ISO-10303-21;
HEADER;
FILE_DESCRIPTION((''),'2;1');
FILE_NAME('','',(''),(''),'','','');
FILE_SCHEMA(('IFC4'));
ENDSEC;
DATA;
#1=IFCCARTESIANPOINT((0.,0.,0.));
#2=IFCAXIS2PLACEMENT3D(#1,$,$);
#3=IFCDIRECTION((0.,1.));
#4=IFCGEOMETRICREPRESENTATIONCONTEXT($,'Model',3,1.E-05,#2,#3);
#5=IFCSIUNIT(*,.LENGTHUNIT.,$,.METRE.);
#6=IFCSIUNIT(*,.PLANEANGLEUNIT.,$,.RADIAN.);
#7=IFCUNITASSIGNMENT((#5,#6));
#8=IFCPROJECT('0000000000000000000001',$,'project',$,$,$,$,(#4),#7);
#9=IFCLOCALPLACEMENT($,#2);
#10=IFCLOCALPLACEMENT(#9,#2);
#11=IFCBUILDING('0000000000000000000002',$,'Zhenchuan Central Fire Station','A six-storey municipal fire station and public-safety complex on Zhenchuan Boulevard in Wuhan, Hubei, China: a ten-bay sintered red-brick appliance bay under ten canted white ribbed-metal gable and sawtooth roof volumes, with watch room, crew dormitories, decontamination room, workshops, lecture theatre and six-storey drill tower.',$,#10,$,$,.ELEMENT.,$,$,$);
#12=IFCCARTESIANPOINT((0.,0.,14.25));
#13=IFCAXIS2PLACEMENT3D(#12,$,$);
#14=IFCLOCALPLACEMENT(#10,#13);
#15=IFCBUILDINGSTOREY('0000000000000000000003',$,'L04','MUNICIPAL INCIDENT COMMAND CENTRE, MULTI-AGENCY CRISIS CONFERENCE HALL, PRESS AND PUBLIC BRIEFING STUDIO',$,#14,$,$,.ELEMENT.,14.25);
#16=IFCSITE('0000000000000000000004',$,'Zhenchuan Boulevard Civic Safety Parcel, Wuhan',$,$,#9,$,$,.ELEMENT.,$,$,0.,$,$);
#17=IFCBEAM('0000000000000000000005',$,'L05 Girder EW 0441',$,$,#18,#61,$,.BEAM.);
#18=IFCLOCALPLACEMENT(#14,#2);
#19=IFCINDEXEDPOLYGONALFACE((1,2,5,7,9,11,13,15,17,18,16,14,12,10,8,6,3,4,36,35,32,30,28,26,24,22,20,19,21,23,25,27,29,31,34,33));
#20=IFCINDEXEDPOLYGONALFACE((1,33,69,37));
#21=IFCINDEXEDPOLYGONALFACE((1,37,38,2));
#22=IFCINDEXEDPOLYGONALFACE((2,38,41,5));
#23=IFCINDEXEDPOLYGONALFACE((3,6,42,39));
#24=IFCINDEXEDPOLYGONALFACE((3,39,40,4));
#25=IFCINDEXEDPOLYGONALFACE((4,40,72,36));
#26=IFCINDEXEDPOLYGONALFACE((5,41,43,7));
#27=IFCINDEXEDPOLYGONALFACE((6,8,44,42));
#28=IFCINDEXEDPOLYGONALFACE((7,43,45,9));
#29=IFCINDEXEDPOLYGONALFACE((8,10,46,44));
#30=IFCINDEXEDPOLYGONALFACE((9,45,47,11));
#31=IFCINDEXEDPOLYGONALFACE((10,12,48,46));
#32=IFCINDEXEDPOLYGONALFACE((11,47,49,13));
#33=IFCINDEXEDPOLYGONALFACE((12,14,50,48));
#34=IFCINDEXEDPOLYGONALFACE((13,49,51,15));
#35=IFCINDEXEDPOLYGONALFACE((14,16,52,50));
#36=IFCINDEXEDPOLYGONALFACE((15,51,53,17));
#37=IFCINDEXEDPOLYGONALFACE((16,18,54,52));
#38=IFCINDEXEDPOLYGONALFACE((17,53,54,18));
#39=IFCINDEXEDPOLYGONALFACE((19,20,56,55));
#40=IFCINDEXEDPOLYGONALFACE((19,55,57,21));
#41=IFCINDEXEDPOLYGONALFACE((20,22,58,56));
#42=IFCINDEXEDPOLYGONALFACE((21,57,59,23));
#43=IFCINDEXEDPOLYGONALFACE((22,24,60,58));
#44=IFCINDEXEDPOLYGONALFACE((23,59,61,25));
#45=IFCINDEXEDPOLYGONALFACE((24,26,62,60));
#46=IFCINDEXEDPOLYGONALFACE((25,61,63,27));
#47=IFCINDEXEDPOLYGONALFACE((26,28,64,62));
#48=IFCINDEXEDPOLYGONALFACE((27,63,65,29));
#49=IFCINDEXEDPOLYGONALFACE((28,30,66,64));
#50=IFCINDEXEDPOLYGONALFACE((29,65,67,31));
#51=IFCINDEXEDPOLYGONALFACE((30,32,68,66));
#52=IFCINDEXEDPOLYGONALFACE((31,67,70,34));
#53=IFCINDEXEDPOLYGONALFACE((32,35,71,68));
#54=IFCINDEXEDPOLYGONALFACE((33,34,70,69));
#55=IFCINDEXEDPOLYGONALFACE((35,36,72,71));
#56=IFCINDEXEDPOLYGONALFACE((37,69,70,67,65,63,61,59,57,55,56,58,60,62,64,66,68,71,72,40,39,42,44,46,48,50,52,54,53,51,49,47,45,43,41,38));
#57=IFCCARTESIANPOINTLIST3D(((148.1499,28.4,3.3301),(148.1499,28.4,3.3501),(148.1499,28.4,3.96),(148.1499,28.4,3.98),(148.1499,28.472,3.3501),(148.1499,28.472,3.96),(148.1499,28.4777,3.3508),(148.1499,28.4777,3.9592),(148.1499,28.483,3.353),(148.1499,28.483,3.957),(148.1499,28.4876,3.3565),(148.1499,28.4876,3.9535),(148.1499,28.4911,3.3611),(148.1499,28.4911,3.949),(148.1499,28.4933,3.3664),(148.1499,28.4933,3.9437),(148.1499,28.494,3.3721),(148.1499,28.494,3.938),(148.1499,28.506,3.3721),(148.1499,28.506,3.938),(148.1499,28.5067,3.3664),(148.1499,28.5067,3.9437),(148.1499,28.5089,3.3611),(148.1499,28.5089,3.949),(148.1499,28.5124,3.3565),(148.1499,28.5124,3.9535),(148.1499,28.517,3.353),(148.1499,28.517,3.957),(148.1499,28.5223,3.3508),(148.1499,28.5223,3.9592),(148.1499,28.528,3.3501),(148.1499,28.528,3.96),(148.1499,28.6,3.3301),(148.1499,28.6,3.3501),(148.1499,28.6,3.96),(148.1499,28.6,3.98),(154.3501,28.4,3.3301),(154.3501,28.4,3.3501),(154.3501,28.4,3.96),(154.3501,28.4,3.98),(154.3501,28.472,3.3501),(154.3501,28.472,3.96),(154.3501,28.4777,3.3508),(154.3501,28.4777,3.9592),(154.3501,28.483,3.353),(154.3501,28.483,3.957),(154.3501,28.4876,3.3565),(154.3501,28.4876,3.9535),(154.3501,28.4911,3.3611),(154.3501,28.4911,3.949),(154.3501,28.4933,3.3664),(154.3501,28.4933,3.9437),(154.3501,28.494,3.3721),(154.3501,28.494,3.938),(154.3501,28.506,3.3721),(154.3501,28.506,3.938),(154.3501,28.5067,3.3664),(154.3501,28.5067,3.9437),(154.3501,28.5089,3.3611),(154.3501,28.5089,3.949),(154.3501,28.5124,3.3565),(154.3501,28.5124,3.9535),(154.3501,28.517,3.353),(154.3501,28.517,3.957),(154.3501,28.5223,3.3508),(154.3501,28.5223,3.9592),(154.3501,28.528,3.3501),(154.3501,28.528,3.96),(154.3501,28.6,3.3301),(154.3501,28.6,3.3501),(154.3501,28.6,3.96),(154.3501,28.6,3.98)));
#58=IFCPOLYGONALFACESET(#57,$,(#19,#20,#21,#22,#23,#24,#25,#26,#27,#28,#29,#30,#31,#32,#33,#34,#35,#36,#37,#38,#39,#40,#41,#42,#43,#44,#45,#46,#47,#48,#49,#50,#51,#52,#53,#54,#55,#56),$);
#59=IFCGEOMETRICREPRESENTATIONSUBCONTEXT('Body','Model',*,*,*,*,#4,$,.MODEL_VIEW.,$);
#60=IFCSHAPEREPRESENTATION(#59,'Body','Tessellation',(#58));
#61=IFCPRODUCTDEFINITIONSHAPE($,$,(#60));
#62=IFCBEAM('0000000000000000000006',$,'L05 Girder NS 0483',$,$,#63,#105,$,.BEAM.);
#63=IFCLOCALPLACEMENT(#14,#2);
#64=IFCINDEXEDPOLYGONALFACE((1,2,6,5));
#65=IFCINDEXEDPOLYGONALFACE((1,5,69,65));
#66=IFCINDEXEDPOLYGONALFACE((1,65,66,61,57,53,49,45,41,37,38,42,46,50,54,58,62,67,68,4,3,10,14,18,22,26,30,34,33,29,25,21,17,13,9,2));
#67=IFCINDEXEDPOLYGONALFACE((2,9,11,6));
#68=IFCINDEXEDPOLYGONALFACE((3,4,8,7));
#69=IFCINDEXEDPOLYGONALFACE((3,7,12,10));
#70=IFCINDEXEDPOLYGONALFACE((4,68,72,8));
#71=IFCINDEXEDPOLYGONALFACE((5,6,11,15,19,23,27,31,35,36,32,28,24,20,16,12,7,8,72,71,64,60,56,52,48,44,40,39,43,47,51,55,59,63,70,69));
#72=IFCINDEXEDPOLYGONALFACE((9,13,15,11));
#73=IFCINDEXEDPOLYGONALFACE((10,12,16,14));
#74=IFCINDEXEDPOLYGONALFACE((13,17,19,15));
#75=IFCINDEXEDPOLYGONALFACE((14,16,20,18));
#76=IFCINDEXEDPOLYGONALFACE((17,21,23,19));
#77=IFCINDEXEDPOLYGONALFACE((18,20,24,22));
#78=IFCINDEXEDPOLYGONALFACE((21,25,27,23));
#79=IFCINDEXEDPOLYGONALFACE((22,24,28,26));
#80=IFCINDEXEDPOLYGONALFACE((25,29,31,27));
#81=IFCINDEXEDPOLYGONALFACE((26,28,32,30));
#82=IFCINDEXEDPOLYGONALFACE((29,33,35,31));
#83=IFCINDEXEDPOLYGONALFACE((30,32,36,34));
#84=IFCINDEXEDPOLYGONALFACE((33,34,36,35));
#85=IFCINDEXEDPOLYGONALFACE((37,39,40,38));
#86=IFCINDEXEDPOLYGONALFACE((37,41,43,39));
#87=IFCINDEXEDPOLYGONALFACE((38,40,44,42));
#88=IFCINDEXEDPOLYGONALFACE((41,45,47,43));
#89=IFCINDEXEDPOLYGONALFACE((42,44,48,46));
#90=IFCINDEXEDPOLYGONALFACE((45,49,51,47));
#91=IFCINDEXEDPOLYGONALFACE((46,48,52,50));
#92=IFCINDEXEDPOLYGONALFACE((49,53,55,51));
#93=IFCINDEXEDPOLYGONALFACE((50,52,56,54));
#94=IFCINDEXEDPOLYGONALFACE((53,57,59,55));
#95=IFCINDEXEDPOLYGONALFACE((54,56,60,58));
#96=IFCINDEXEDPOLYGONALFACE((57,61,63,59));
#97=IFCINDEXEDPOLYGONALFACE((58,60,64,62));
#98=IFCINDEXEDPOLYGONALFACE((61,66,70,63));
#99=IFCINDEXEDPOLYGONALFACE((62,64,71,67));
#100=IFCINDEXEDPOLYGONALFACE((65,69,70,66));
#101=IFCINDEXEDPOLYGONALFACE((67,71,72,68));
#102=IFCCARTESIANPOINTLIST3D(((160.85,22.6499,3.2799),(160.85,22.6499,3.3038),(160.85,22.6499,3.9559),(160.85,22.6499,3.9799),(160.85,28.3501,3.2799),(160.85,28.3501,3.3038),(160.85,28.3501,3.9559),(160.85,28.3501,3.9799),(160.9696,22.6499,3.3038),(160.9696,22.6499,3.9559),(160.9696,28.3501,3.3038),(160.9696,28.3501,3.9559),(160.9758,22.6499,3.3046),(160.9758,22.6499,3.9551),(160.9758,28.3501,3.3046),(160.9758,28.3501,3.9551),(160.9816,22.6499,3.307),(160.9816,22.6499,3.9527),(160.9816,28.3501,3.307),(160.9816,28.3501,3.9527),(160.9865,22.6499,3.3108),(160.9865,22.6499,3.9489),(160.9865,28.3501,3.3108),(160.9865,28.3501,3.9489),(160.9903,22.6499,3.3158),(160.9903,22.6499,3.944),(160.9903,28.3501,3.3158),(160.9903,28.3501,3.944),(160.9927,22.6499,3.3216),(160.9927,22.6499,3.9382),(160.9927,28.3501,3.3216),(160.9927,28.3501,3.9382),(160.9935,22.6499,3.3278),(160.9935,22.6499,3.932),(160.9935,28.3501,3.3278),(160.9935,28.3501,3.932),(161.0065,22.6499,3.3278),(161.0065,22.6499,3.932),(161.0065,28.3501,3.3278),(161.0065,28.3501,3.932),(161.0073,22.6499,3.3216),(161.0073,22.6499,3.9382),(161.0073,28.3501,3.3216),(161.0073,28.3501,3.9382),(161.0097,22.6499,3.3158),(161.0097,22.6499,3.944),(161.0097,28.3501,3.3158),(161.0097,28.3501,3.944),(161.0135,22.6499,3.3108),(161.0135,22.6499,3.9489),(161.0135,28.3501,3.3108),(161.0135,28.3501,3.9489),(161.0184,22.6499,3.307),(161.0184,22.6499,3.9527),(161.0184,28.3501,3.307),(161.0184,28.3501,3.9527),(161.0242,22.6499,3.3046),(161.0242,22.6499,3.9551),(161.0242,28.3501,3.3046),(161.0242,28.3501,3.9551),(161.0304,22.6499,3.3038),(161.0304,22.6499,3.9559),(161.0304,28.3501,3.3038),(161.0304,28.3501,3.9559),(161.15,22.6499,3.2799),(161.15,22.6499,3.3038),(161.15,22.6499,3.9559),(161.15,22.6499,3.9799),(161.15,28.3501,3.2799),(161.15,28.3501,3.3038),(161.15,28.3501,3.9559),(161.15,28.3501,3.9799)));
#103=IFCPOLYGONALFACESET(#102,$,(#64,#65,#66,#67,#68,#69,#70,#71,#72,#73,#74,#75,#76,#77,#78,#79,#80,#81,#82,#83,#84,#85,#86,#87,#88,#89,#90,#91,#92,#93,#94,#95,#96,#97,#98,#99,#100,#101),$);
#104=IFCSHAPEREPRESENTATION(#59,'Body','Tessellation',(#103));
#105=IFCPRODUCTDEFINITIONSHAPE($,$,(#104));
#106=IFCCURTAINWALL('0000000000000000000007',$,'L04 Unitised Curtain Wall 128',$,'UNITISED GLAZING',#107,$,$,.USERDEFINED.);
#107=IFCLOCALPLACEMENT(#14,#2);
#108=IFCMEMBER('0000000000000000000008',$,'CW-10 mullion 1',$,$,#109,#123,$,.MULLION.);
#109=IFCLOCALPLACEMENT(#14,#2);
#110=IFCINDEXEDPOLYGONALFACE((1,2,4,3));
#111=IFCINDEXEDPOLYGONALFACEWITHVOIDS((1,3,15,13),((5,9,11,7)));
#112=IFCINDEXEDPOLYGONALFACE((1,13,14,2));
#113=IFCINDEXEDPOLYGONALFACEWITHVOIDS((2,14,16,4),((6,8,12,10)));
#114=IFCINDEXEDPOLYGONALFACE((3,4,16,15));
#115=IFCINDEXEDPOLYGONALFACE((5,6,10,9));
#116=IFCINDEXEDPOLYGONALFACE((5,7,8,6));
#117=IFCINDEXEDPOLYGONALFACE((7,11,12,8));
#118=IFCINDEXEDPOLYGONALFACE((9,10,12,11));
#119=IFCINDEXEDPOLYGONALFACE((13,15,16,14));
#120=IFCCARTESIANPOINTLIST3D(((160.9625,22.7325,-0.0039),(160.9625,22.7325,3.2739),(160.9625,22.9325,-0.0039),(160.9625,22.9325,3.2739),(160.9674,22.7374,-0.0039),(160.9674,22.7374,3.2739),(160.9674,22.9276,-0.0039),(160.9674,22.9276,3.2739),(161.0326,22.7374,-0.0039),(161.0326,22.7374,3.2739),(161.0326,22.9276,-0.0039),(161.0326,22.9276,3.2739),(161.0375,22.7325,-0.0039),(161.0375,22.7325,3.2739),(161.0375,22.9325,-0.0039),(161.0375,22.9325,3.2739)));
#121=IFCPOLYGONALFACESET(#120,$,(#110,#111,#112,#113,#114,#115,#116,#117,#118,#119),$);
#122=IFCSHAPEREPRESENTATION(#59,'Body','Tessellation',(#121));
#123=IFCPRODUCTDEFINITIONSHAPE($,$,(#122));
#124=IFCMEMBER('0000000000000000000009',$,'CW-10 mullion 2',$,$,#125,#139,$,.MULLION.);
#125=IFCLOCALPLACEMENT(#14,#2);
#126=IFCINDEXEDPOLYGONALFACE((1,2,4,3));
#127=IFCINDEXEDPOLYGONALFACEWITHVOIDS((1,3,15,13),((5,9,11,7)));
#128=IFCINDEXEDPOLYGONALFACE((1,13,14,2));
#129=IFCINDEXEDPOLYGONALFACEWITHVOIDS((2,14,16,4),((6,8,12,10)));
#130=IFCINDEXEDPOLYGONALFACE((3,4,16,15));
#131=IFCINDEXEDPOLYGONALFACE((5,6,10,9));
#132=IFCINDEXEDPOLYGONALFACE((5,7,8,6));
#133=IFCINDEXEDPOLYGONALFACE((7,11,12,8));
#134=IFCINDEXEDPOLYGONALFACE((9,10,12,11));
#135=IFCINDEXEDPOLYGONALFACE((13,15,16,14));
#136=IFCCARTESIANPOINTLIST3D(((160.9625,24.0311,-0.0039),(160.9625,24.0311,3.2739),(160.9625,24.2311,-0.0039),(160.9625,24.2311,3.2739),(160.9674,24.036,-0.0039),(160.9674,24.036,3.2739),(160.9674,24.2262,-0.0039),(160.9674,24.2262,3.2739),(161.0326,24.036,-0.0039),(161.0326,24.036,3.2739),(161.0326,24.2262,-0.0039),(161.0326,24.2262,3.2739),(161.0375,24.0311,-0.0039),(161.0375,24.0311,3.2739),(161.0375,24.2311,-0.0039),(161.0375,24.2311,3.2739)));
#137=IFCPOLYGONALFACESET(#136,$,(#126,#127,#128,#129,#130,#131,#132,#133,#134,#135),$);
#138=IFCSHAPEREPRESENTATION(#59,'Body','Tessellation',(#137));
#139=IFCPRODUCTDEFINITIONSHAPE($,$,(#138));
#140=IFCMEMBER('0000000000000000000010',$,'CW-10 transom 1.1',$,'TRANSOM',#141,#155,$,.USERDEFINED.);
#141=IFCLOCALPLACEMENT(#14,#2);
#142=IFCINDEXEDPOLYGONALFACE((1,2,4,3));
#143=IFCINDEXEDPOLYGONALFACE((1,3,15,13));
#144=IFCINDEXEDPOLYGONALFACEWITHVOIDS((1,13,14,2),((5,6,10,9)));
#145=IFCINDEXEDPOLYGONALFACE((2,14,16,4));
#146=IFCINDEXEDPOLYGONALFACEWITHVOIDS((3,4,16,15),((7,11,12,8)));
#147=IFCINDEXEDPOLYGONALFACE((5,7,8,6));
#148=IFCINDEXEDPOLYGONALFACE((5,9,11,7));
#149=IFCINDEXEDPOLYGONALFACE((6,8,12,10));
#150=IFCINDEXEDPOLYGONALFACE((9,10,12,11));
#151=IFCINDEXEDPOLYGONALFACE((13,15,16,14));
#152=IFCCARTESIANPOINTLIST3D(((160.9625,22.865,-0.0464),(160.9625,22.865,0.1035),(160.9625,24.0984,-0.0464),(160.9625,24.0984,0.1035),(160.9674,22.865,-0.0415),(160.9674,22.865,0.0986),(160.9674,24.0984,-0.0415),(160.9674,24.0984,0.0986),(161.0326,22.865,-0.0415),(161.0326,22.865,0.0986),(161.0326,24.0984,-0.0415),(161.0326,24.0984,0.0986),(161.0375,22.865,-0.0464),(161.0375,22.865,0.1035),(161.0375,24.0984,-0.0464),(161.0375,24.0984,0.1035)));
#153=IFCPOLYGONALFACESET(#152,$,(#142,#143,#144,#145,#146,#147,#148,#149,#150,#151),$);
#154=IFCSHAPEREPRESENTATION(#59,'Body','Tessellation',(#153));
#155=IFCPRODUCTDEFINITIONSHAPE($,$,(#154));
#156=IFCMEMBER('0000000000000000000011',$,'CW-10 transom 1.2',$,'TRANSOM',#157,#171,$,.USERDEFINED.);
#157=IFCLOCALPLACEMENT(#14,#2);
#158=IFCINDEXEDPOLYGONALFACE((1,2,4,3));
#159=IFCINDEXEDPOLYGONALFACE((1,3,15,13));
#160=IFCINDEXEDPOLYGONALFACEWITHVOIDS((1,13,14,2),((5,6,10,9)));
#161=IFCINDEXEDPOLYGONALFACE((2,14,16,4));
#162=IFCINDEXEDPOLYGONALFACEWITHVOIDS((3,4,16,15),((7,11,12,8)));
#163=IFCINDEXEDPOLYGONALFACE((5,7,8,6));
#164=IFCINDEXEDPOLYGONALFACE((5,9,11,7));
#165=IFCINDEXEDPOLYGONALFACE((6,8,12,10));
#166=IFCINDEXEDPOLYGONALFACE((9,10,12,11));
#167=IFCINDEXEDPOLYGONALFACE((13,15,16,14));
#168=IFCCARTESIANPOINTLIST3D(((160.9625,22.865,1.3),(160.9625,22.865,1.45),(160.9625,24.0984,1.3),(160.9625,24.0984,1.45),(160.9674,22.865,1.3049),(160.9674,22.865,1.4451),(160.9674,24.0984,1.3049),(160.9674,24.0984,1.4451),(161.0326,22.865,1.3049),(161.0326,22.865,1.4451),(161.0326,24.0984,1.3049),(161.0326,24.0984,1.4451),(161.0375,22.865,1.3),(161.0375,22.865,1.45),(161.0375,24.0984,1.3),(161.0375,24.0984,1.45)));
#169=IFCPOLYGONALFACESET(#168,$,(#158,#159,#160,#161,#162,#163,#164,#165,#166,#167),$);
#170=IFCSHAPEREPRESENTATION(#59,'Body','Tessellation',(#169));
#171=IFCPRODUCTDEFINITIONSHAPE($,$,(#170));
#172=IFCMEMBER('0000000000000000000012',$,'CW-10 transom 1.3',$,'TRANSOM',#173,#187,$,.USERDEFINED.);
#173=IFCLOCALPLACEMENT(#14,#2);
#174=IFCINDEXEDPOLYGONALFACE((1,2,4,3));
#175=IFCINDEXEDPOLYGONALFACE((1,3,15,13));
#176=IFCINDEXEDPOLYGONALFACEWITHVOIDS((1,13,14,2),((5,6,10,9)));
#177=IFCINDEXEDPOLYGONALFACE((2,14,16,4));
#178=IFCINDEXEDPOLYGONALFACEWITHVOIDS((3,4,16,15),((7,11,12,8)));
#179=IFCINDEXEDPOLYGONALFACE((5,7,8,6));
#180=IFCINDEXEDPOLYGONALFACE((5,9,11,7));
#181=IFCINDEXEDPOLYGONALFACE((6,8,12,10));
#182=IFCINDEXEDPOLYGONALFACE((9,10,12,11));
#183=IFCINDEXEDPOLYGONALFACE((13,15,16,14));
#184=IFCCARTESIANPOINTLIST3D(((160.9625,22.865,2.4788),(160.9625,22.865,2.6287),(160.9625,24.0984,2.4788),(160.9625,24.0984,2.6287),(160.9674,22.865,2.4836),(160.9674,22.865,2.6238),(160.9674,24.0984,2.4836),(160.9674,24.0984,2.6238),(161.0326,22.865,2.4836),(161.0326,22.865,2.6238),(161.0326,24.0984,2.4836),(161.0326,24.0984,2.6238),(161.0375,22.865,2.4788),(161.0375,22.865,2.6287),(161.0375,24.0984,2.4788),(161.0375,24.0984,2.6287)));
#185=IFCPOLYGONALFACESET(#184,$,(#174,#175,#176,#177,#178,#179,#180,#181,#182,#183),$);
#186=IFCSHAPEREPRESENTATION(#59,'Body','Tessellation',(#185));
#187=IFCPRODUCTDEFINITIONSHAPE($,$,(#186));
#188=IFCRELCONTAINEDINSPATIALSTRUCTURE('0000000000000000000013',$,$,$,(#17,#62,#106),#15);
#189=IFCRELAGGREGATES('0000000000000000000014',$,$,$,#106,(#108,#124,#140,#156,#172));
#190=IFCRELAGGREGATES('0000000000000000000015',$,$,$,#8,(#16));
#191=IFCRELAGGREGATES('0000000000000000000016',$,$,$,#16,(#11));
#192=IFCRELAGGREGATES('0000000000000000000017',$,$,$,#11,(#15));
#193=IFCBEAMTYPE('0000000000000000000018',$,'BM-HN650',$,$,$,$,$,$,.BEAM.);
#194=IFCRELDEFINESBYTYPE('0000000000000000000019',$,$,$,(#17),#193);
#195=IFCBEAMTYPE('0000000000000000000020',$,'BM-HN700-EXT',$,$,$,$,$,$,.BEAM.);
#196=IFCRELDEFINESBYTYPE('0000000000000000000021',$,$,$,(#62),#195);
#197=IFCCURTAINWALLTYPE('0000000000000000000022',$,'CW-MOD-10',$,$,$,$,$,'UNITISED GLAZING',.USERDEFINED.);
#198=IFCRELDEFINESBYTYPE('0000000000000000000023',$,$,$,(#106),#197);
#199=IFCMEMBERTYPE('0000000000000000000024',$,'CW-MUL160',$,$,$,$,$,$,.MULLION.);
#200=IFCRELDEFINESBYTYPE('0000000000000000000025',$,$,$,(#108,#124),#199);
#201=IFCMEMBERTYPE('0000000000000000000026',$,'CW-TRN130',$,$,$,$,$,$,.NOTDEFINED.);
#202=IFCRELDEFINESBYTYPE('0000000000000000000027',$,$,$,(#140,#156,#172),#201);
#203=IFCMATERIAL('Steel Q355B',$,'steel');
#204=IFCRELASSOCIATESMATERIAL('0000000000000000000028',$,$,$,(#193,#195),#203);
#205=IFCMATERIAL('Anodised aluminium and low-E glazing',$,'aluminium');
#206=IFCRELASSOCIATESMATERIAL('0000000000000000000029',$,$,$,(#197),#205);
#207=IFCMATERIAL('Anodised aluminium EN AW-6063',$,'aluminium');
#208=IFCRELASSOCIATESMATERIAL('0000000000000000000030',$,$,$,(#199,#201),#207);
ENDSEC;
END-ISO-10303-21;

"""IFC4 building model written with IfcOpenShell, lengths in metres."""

from ifc_helpers import new_model, si_unit, direction, frame, origin, origin_2d, place, context, subcontext, project, spatial, hollow_rectangle, i_section, extrude, material, material_profile, profile_set, type_object, element, aggregate, save


model = new_model("IFC4")

# Units and contexts
model_context = context("Model", 3, precision=1e-05, world=origin(), true_north=direction((0.0, 1.0)))
body_context = subcontext(model_context, "Body", "Model", "MODEL_VIEW")
ifc_project = project(units=[si_unit("LENGTHUNIT", "METRE"), si_unit("PLANEANGLEUNIT", "RADIAN")], contexts=[model_context])

# Site, building, storey
site_placement = place(None, origin())
site = spatial("IfcSite", under=ifc_project, at=site_placement, Name="Zhenchuan Boulevard Civic Safety Parcel, Wuhan", CompositionType="ELEMENT", RefElevation=0.0)
building_placement = place(site_placement, origin())
building = spatial("IfcBuilding", under=site, at=building_placement, Name="Zhenchuan Central Fire Station", Description="A six-storey municipal fire station and public-safety complex on Zhenchuan Boulevard in Wuhan, Hubei, China: a ten-bay sintered red-brick appliance bay under ten canted white ribbed-metal gable and sawtooth roof volumes, with watch room, crew dormitories, decontamination room, workshops, lecture theatre and six-storey drill tower.", CompositionType="ELEMENT")
storey_placement = place(building_placement, frame((0.0, 0.0, 14.25)))
storey = spatial("IfcBuildingStorey", under=building, at=storey_placement, Name="L04", Description="MUNICIPAL INCIDENT COMMAND CENTRE, MULTI-AGENCY CRISIS CONFERENCE HALL, PRESS AND PUBLIC BRIEFING STUDIO", CompositionType="ELEMENT", Elevation=14.25)

# Shared definitions
ifc_material_1 = material(Name="Steel Q355B", Category="steel")

# Beams
ifc_material_profile_1 = material_profile(ifc_material_1, i_section(OverallWidth=0.2, OverallDepth=0.6499, WebThickness=0.012, FlangeThickness=0.02, FilletRadius=0.022, at=origin_2d()), Name="HN 650x200")
ifc_profile_set_1 = profile_set([ifc_material_profile_1], Name="Steel Q355B")
beam_type_1 = type_object("IfcBeamType", Name="BM-HN650", PredefinedType="BEAM", material=ifc_profile_set_1)
beam_1_placement = place(storey_placement, frame((148.1499, 28.5, 3.655), z_axis=(1.0, 0.0, 0.0), x_axis=(0.0, 1.0, 0.0)))
element("IfcBeam", 1, at=beam_1_placement, inside=storey, type_object=beam_type_1, Name="L05 Girder EW 0441", PredefinedType="BEAM", context=body_context, shape_type="SweptSolid", body=[
    extrude(i_section(OverallWidth=0.2, OverallDepth=0.6499, WebThickness=0.012, FlangeThickness=0.02, FilletRadius=0.022, at=origin_2d()), origin(), (0.0, 0.0, 1.0), 6.2002),
])
ifc_material_profile_2 = material_profile(ifc_material_1, i_section(OverallWidth=0.3, OverallDepth=0.7, WebThickness=0.0129, FlangeThickness=0.0239, FilletRadius=0.0239, at=origin_2d()), Name="HN 700x300")
ifc_profile_set_2 = profile_set([ifc_material_profile_2], Name="Steel Q355B")
beam_type_2 = type_object("IfcBeamType", Name="BM-HN700-EXT", PredefinedType="BEAM", material=ifc_profile_set_2)
beam_2_placement = place(storey_placement, frame((161.0, 22.6499, 3.6299), z_axis=(0.0, 1.0, 0.0), x_axis=(-1.0, 0.0, 0.0)))
element("IfcBeam", 2, at=beam_2_placement, inside=storey, type_object=beam_type_2, Name="L05 Girder NS 0483", PredefinedType="BEAM", context=body_context, shape_type="SweptSolid", body=[
    extrude(i_section(OverallWidth=0.3, OverallDepth=0.7, WebThickness=0.0129, FlangeThickness=0.0239, FilletRadius=0.0239, at=origin_2d()), origin(), (0.0, 0.0, 1.0), 5.7002),
])

# Curtain wall, members
ifc_material_2 = material(Name="Anodised aluminium and low-E glazing", Category="aluminium")
curtain_wall_type = type_object("IfcCurtainWallType", Name="CW-MOD-10", ElementType="UNITISED GLAZING", PredefinedType="USERDEFINED", material=ifc_material_2)
curtain_wall_placement = place(storey_placement, origin())
curtain_wall = element("IfcCurtainWall", 3, at=curtain_wall_placement, inside=storey, type_object=curtain_wall_type, Name="L04 Unitised Curtain Wall 128", ObjectType="UNITISED GLAZING", PredefinedType="USERDEFINED")
ifc_material_3 = material(Name="Anodised aluminium EN AW-6063", Category="aluminium")
ifc_material_profile_3 = material_profile(ifc_material_3, hollow_rectangle(XDim=0.075, YDim=0.2, WallThickness=0.0049, at=origin_2d()), Name="ALU-M 200x75")
ifc_profile_set_3 = profile_set([ifc_material_profile_3], Name="Anodised aluminium EN AW-6063")
member_type_1 = type_object("IfcMemberType", Name="CW-MUL160", PredefinedType="MULLION", material=ifc_profile_set_3)
member_1_placement = place(storey_placement, frame((161.0, 22.8325, -0.0039), z_axis=(0.0, 0.0, 1.0), x_axis=(-1.0, 0.0, 0.0)))
member_1 = element("IfcMember", 4, at=member_1_placement, type_object=member_type_1, Name="CW-10 mullion 1", PredefinedType="MULLION", context=body_context, shape_type="SweptSolid", body=[
    extrude(hollow_rectangle(XDim=0.075, YDim=0.2, WallThickness=0.0049, at=origin_2d()), origin(), (0.0, 0.0, 1.0), 3.2778),
])
member_2_placement = place(storey_placement, frame((161.0, 24.1311, -0.0039), z_axis=(0.0, 0.0, 1.0), x_axis=(-1.0, 0.0, 0.0)))
member_2 = element("IfcMember", 5, at=member_2_placement, type_object=member_type_1, Name="CW-10 mullion 2", PredefinedType="MULLION", context=body_context, shape_type="SweptSolid", body=[
    extrude(hollow_rectangle(XDim=0.075, YDim=0.2, WallThickness=0.0049, at=origin_2d()), origin(), (0.0, 0.0, 1.0), 3.2778),
])
ifc_material_profile_4 = material_profile(ifc_material_3, hollow_rectangle(XDim=0.075, YDim=0.1499, WallThickness=0.0049, at=origin_2d()), Name="ALU-T 150x75")
ifc_profile_set_4 = profile_set([ifc_material_profile_4], Name="Anodised aluminium EN AW-6063")
member_type_2 = type_object("IfcMemberType", Name="CW-TRN130", PredefinedType="NOTDEFINED", material=ifc_profile_set_4)
member_3_placement = place(storey_placement, frame((161.0, 22.865, 0.0286), z_axis=(0.0, 1.0, 0.0), x_axis=(-1.0, 0.0, 0.0)))
member_3 = element("IfcMember", 6, at=member_3_placement, type_object=member_type_2, Name="CW-10 transom 1.1", ObjectType="TRANSOM", PredefinedType="USERDEFINED", context=body_context, shape_type="SweptSolid", body=[
    extrude(hollow_rectangle(XDim=0.075, YDim=0.1499, WallThickness=0.0049, at=origin_2d()), origin(), (0.0, 0.0, 1.0), 1.2334),
])
member_4_placement = place(storey_placement, frame((161.0, 22.865, 1.375), z_axis=(0.0, 1.0, 0.0), x_axis=(-1.0, 0.0, 0.0)))
member_4 = element("IfcMember", 7, at=member_4_placement, type_object=member_type_2, Name="CW-10 transom 1.2", ObjectType="TRANSOM", PredefinedType="USERDEFINED", context=body_context, shape_type="SweptSolid", body=[
    extrude(hollow_rectangle(XDim=0.075, YDim=0.1499, WallThickness=0.0049, at=origin_2d()), origin(), (0.0, 0.0, 1.0), 1.2334),
])
member_5_placement = place(storey_placement, frame((161.0, 22.865, 2.5537), z_axis=(0.0, 1.0, 0.0), x_axis=(-1.0, 0.0, 0.0)))
member_5 = element("IfcMember", 8, at=member_5_placement, type_object=member_type_2, Name="CW-10 transom 1.3", ObjectType="TRANSOM", PredefinedType="USERDEFINED", context=body_context, shape_type="SweptSolid", body=[
    extrude(hollow_rectangle(XDim=0.075, YDim=0.1499, WallThickness=0.0049, at=origin_2d()), origin(), (0.0, 0.0, 1.0), 1.2334),
])

aggregate(curtain_wall, [member_1, member_2, member_3, member_4, member_5])

save(model, "model.ifc")
